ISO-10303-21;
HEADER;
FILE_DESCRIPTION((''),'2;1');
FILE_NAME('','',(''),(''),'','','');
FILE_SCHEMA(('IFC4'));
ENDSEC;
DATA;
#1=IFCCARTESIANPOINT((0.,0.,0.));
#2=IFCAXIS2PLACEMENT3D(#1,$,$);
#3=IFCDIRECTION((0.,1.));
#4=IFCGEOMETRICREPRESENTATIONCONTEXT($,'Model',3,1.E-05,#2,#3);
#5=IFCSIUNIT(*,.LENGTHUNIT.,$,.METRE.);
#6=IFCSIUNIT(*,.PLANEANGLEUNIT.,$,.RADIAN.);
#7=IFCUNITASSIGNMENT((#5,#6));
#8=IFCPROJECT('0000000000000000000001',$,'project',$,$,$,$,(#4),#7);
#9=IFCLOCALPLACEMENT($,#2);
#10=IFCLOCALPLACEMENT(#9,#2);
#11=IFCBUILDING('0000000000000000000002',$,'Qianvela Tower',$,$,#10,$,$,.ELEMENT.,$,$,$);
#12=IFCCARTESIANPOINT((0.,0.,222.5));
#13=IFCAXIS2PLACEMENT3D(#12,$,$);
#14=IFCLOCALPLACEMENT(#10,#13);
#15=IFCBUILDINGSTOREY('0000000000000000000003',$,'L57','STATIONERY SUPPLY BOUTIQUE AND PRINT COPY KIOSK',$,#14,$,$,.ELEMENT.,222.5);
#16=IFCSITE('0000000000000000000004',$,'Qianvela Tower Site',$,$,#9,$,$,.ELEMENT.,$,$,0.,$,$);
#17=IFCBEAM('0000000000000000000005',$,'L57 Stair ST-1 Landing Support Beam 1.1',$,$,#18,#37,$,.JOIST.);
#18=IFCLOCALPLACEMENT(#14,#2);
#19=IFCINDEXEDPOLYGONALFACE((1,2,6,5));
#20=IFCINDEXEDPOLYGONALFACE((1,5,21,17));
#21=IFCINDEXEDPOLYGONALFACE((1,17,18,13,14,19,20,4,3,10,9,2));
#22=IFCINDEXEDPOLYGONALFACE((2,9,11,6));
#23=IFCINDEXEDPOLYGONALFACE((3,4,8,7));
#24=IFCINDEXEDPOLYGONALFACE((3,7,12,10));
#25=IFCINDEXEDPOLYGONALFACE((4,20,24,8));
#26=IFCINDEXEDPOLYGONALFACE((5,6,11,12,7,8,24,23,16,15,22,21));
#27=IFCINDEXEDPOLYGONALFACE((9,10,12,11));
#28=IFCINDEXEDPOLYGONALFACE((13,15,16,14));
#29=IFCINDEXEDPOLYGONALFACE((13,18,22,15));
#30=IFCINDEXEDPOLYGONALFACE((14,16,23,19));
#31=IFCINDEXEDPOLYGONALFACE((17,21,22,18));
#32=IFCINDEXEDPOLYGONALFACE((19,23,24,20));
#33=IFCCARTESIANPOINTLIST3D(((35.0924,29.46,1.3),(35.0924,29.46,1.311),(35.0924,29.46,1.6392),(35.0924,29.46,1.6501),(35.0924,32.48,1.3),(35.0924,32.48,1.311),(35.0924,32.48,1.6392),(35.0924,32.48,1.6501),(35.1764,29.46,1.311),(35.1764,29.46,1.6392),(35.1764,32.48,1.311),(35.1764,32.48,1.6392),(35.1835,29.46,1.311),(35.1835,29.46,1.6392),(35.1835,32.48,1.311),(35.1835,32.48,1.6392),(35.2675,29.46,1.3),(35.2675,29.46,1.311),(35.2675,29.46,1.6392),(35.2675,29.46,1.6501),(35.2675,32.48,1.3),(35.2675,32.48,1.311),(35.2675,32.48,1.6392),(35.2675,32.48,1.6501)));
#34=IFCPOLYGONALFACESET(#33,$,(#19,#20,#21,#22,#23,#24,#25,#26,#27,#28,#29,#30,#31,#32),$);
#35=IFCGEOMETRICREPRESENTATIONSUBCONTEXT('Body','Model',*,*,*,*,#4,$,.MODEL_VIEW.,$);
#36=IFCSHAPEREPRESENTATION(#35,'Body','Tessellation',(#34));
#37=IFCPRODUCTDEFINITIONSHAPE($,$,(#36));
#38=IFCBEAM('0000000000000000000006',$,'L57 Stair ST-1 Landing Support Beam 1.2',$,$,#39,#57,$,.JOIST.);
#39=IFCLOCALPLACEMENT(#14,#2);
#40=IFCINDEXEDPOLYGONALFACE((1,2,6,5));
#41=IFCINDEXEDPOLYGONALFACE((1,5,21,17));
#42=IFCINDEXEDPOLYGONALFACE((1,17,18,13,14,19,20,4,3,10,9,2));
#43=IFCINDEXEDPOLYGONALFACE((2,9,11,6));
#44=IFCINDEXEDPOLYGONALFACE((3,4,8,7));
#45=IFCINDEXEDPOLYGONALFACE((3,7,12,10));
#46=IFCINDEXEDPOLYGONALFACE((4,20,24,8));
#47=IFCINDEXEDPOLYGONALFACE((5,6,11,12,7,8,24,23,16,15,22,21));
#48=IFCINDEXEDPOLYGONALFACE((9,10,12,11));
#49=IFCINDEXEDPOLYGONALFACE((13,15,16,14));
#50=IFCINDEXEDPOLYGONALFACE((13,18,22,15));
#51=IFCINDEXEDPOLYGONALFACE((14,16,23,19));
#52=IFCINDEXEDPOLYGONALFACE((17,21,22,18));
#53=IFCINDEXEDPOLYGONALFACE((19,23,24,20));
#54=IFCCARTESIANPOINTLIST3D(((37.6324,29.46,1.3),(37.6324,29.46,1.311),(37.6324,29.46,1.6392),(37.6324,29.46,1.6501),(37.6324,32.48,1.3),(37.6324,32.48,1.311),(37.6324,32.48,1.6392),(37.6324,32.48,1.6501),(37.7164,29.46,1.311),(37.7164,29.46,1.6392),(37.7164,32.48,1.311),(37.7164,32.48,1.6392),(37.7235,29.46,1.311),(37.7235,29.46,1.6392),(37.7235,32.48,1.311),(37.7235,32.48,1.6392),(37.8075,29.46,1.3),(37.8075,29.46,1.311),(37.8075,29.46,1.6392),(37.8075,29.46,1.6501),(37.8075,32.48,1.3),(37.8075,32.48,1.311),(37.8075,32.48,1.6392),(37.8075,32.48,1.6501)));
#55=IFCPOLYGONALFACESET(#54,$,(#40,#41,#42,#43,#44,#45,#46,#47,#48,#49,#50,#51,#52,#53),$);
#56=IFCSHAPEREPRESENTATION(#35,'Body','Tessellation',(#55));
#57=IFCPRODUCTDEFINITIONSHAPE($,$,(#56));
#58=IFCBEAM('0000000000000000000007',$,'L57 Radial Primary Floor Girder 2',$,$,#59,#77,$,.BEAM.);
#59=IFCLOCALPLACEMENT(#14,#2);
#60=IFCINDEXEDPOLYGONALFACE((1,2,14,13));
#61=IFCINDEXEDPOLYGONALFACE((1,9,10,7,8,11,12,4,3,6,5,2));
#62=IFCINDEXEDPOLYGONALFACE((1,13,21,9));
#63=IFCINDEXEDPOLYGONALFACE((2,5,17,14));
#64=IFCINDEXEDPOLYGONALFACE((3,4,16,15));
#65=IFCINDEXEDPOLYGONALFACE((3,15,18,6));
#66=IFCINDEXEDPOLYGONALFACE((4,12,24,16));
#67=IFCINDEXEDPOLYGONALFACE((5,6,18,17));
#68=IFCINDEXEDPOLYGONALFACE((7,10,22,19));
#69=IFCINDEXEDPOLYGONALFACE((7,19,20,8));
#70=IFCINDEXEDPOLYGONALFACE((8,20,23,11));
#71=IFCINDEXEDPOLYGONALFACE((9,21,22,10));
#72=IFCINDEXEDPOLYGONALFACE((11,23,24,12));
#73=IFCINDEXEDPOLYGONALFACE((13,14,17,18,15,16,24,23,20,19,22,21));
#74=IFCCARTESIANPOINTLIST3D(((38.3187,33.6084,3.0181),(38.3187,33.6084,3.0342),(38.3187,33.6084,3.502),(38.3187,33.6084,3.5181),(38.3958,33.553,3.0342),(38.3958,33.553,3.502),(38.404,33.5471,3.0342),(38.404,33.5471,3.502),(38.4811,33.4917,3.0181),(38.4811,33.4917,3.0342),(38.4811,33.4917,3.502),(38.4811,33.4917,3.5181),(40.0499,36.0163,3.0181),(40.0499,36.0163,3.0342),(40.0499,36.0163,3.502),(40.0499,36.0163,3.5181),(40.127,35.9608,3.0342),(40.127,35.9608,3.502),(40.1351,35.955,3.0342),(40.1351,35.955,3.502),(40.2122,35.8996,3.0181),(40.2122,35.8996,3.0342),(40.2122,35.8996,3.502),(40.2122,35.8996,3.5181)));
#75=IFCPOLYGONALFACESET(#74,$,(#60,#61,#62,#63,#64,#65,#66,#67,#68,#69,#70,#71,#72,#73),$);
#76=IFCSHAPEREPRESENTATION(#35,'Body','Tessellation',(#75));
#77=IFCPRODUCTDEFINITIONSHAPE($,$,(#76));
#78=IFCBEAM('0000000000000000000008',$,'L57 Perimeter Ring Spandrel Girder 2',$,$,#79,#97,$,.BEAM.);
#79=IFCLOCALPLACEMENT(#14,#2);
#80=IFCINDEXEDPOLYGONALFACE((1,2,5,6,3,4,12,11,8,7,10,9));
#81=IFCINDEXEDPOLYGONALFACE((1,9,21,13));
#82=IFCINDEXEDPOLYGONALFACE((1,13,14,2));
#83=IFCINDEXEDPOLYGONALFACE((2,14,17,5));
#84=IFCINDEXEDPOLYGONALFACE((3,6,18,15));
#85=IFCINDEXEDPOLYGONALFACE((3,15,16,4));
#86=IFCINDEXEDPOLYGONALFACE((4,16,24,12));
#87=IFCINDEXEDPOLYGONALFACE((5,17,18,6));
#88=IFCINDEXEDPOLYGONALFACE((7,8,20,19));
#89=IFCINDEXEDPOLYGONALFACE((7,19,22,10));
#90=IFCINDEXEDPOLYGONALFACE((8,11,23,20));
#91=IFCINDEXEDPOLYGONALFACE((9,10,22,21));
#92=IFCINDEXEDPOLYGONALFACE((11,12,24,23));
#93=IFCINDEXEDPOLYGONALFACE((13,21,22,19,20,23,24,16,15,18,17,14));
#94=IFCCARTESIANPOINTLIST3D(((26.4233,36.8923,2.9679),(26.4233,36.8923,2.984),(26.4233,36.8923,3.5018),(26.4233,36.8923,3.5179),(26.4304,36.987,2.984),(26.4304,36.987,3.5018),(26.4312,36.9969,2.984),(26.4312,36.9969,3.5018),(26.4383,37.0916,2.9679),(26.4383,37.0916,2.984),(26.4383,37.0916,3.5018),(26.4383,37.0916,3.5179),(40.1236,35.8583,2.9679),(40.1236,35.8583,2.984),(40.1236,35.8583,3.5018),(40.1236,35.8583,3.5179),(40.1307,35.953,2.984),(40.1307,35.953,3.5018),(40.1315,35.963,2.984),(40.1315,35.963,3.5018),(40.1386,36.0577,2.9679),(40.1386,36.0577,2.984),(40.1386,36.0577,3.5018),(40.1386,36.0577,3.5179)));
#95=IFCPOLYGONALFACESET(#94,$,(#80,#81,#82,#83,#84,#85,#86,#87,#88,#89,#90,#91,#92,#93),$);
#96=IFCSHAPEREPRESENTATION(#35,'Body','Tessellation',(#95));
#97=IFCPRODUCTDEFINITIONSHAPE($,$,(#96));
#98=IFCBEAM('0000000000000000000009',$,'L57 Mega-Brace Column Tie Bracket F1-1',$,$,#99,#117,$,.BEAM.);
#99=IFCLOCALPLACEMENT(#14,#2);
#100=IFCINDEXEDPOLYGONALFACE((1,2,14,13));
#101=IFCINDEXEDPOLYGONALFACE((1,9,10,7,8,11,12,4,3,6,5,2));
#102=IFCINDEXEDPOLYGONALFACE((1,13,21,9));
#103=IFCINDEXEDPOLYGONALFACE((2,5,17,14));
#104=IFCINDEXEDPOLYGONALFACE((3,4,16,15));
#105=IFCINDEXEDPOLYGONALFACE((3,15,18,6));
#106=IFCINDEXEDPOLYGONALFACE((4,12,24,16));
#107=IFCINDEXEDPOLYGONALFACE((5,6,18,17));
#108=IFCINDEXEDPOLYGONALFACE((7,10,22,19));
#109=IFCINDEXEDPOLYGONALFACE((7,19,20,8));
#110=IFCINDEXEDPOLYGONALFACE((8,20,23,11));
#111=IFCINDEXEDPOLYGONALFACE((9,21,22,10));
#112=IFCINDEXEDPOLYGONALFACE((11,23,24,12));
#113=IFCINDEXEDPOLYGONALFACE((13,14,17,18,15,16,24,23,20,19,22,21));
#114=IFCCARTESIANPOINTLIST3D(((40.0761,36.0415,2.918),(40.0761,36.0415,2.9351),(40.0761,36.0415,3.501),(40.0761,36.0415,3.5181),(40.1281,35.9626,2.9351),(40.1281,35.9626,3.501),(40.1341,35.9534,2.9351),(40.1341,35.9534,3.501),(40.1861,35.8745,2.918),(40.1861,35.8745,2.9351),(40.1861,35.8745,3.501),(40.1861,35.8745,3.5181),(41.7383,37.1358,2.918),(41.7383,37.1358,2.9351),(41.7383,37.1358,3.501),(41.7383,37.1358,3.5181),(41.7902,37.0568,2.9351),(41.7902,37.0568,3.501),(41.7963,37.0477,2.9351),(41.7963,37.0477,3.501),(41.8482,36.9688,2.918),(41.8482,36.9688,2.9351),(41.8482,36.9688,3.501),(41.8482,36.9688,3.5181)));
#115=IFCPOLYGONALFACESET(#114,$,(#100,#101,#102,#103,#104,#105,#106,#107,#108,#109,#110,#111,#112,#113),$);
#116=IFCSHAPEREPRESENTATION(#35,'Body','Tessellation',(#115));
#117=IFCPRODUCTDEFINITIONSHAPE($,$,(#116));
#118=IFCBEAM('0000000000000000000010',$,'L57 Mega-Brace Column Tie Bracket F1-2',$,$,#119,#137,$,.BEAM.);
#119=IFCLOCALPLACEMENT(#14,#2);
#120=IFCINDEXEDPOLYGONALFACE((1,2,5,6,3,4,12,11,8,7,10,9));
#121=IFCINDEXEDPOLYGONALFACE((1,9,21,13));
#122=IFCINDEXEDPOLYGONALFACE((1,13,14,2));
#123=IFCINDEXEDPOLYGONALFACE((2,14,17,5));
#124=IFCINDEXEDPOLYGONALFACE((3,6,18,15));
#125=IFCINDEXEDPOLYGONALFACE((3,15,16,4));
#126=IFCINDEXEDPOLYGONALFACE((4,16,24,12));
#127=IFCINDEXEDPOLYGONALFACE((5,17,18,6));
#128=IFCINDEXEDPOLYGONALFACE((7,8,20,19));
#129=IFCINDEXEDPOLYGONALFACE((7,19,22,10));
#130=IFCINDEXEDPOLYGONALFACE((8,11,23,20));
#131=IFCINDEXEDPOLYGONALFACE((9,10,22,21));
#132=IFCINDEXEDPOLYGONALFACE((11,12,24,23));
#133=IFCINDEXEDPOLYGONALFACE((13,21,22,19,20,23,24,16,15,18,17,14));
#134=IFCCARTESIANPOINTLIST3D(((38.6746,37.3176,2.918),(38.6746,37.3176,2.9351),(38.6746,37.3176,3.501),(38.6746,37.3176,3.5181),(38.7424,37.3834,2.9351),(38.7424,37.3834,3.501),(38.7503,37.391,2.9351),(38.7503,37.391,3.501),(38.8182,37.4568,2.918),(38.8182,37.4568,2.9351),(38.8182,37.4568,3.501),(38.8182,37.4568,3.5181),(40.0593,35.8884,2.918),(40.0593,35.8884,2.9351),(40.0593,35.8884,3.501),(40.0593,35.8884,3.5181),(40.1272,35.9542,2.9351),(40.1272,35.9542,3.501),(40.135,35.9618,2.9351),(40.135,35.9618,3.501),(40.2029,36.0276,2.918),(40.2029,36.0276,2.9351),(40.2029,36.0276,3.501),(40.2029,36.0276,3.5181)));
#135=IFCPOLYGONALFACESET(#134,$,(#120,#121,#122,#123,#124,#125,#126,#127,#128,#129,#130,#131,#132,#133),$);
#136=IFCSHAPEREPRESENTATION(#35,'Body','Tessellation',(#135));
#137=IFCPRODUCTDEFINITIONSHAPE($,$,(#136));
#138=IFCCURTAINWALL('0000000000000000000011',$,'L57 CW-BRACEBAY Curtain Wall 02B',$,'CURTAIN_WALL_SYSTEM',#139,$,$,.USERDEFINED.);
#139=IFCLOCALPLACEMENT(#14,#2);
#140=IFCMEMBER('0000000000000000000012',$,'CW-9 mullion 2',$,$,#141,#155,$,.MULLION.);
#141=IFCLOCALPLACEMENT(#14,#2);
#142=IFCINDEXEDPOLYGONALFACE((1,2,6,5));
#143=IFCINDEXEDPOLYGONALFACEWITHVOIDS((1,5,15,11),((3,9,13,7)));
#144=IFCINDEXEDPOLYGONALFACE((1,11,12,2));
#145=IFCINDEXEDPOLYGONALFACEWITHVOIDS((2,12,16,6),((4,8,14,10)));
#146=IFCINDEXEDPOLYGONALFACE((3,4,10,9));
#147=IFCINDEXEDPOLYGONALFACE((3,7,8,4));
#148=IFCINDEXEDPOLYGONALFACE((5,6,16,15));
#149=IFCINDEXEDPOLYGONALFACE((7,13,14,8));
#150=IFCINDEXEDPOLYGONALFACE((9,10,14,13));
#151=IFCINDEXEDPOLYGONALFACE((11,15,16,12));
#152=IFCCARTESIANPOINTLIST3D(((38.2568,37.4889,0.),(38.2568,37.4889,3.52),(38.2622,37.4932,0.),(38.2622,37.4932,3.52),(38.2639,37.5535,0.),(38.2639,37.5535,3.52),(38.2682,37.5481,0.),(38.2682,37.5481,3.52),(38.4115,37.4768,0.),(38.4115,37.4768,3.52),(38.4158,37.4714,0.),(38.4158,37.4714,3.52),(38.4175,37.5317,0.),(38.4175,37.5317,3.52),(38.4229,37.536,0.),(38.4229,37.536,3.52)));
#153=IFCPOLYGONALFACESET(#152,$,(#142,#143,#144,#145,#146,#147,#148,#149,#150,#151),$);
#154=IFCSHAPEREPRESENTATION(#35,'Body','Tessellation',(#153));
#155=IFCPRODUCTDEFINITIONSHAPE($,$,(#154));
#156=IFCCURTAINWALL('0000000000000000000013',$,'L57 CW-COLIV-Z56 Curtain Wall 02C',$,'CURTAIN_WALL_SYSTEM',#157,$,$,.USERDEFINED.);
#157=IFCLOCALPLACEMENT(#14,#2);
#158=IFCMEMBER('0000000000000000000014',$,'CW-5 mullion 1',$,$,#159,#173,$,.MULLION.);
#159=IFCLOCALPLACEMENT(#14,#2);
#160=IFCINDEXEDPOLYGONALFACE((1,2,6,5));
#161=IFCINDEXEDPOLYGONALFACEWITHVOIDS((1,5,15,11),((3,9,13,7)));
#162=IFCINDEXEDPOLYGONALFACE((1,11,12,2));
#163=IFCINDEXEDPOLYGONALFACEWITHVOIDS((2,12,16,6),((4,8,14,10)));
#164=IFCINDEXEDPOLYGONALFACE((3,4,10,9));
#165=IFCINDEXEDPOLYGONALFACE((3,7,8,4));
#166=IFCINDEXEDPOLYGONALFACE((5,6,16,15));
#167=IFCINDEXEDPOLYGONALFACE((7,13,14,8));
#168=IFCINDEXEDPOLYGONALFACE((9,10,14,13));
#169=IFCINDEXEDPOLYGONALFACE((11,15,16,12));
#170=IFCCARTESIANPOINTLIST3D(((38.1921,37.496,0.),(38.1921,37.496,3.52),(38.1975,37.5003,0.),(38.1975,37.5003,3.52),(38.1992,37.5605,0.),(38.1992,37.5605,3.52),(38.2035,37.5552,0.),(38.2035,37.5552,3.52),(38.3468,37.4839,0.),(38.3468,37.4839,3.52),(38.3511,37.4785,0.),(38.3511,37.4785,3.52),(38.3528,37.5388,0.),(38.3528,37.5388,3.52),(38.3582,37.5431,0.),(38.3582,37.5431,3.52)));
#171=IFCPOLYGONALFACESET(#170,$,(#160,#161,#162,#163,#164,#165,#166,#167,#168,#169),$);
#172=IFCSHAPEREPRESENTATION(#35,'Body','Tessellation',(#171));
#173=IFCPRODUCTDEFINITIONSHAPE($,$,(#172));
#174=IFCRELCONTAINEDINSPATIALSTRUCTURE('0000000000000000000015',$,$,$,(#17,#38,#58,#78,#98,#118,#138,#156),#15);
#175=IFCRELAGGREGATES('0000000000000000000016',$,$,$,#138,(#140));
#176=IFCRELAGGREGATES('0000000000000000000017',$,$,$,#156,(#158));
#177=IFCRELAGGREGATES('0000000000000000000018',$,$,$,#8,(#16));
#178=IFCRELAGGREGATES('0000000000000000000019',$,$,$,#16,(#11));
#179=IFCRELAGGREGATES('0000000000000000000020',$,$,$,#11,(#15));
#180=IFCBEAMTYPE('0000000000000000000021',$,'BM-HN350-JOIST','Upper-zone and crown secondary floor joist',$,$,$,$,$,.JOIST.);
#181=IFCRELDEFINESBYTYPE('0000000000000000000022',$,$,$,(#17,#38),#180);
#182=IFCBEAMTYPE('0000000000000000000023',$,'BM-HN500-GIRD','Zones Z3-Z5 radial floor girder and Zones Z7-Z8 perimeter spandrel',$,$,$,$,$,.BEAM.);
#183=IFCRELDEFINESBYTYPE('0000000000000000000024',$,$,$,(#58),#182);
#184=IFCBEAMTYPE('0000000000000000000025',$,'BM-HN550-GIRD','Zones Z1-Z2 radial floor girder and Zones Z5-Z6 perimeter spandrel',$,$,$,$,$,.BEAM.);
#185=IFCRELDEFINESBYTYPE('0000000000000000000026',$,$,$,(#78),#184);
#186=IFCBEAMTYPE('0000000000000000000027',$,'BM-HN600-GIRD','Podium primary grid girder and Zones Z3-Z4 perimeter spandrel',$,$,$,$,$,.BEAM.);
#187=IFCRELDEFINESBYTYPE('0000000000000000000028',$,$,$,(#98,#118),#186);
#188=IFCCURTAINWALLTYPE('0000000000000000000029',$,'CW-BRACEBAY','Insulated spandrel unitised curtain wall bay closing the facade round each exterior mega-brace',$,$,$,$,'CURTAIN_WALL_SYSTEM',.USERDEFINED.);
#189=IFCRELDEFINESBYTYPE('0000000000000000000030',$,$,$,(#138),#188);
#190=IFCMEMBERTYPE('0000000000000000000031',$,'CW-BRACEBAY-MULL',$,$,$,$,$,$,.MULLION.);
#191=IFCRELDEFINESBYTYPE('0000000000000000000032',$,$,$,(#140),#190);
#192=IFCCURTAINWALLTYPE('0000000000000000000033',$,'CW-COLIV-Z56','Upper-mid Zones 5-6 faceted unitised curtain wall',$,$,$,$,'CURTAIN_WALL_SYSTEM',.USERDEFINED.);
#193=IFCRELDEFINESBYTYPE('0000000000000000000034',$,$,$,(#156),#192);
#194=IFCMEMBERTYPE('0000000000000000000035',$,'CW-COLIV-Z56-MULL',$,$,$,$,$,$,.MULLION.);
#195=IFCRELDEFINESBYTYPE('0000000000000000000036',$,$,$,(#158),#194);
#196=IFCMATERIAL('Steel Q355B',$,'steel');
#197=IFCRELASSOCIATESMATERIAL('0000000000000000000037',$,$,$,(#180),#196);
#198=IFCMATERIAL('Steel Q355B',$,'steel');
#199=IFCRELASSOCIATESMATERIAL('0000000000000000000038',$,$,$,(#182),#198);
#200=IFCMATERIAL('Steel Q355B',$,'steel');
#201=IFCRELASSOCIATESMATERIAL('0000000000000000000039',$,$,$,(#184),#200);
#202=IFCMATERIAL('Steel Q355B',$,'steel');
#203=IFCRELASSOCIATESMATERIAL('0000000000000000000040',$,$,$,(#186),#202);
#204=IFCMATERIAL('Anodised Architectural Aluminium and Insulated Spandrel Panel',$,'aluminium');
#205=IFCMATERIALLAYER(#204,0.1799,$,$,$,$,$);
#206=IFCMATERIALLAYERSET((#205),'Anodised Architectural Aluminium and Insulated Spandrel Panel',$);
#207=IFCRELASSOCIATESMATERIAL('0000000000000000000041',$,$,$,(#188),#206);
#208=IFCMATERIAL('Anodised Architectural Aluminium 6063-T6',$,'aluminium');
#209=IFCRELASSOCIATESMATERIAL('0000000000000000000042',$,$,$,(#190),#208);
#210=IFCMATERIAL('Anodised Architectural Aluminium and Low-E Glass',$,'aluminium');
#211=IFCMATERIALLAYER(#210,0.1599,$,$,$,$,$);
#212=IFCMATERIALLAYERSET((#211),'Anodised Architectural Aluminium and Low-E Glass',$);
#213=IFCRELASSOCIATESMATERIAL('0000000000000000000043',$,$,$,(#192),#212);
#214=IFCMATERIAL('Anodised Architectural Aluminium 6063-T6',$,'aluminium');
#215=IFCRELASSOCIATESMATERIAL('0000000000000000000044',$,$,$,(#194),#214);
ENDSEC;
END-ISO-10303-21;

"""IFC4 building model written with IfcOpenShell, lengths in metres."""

from ifc_helpers import new_model, si_unit, direction, frame, origin, origin_2d, place, context, subcontext, project, spatial, hollow_rectangle, i_section, extrude, material, layer, layer_set, material_profile, profile_set, type_object, element, aggregate, save


model = new_model("IFC4")

# Units and contexts
model_context = context("Model", 3, precision=1e-05, world=origin(), true_north=direction((0.0, 1.0)))
body_context = subcontext(model_context, "Body", "Model", "MODEL_VIEW")
ifc_project = project(units=[si_unit("LENGTHUNIT", "METRE"), si_unit("PLANEANGLEUNIT", "RADIAN")], contexts=[model_context])

# Site, building, storey
site_placement = place(None, origin())
site = spatial("IfcSite", under=ifc_project, at=site_placement, Name="Qianvela Tower Site", CompositionType="ELEMENT", RefElevation=0.0)
building_placement = place(site_placement, origin())
building = spatial("IfcBuilding", under=site, at=building_placement, Name="Qianvela Tower", CompositionType="ELEMENT")
storey_placement = place(building_placement, frame((0.0, 0.0, 222.5)))
storey = spatial("IfcBuildingStorey", under=building, at=storey_placement, Name="L57", Description="STATIONERY SUPPLY BOUTIQUE AND PRINT COPY KIOSK", CompositionType="ELEMENT", Elevation=222.5)

# Beams
ifc_material_1 = material(Name="Steel Q355B", Category="steel")
ifc_material_profile_1 = material_profile(ifc_material_1, i_section(OverallWidth=0.175, OverallDepth=0.3501, WebThickness=0.0071, FlangeThickness=0.011, at=origin_2d()), Name="HN350x175x7x11")
ifc_profile_set_1 = profile_set([ifc_material_profile_1], Name="Steel Q355B")
beam_type_1 = type_object("IfcBeamType", Name="BM-HN350-JOIST", Description="Upper-zone and crown secondary floor joist", PredefinedType="JOIST", material=ifc_profile_set_1)
for number, where, z_axis, x_axis, name in (
    (1, (35.1799, 29.46, 1.4751), (0.0, 1.0, 0.0), (-1.0, 0.0, 0.0), "L57 Stair ST-1 Landing Support Beam 1.1"),
    (2, (37.72, 29.46, 1.4751), (0.0, 1.0, 0.0), (-1.0, 0.0, 0.0), "L57 Stair ST-1 Landing Support Beam 1.2"),
):
    element("IfcBeam", number, at=place(storey_placement, frame(where, z_axis=z_axis, x_axis=x_axis)), inside=storey, type_object=beam_type_1, Name=name, PredefinedType="JOIST", context=body_context, shape_type="SweptSolid", body=[
        extrude(i_section(OverallWidth=0.175, OverallDepth=0.3501, WebThickness=0.0071, FlangeThickness=0.011, at=origin_2d()), origin(), (0.0, 0.0, 1.0), 3.02),
    ])
ifc_material_2 = material(Name="Steel Q355B", Category="steel")
ifc_material_profile_2 = material_profile(ifc_material_2, i_section(OverallWidth=0.2, OverallDepth=0.5, WebThickness=0.01, FlangeThickness=0.0161, at=origin_2d()), Name="HN500x200x10x16")
ifc_profile_set_2 = profile_set([ifc_material_profile_2], Name="Steel Q355B")
beam_type_2 = type_object("IfcBeamType", Name="BM-HN500-GIRD", Description="Zones Z3-Z5 radial floor girder and Zones Z7-Z8 perimeter spandrel", PredefinedType="BEAM", material=ifc_profile_set_2)
beam_1_placement = place(storey_placement, frame((38.3999, 33.55, 3.2681), z_axis=(0.583743, 0.811939, 0.0), x_axis=(-0.811939, 0.583743, 0.0)))
element("IfcBeam", 3, at=beam_1_placement, inside=storey, type_object=beam_type_2, Name="L57 Radial Primary Floor Girder 2", PredefinedType="BEAM", context=body_context, shape_type="SweptSolid", body=[
    extrude(i_section(OverallWidth=0.2, OverallDepth=0.5, WebThickness=0.01, FlangeThickness=0.0161, at=origin_2d()), origin(), (0.0, 0.0, 1.0), 2.9656),
])
ifc_material_3 = material(Name="Steel Q355B", Category="steel")
ifc_material_profile_3 = material_profile(ifc_material_3, i_section(OverallWidth=0.2, OverallDepth=0.55, WebThickness=0.01, FlangeThickness=0.0161, at=origin_2d()), Name="HN550x200x10x16")
ifc_profile_set_3 = profile_set([ifc_material_profile_3], Name="Steel Q355B")
beam_type_3 = type_object("IfcBeamType", Name="BM-HN550-GIRD", Description="Zones Z1-Z2 radial floor girder and Zones Z5-Z6 perimeter spandrel", PredefinedType="BEAM", material=ifc_profile_set_3)
beam_2_placement = place(storey_placement, frame((40.1311, 35.958, 3.2429), z_axis=(-0.997164, 0.075255, 0.0), x_axis=(-0.075255, -0.997164, 0.0)))
element("IfcBeam", 4, at=beam_2_placement, inside=storey, type_object=beam_type_3, Name="L57 Perimeter Ring Spandrel Girder 2", PredefinedType="BEAM", context=body_context, shape_type="SweptSolid", body=[
    extrude(i_section(OverallWidth=0.2, OverallDepth=0.55, WebThickness=0.01, FlangeThickness=0.0161, at=origin_2d()), origin(), (0.0, 0.0, 1.0), 13.7393),
])
ifc_material_4 = material(Name="Steel Q355B", Category="steel")
ifc_material_profile_4 = material_profile(ifc_material_4, i_section(OverallWidth=0.2, OverallDepth=0.6001, WebThickness=0.011, FlangeThickness=0.0171, at=origin_2d()), Name="HN600x200x11x17")
ifc_profile_set_4 = profile_set([ifc_material_profile_4], Name="Steel Q355B")
beam_type_4 = type_object("IfcBeamType", Name="BM-HN600-GIRD", Description="Podium primary grid girder and Zones Z3-Z4 perimeter spandrel", PredefinedType="BEAM", material=ifc_profile_set_4)
for number, where, z_axis, x_axis, name in (
    (5, (40.1311, 35.958, 3.218), (0.835245, 0.549878, 0.0), (-0.549878, 0.835245, 0.0), "L57 Mega-Brace Column Tie Bracket F1-1"),
    (6, (40.1311, 35.958, 3.218), (-0.695855, 0.718183, 0.0), (-0.718183, -0.695855, 0.0), "L57 Mega-Brace Column Tie Bracket F1-2"),
):
    element("IfcBeam", number, at=place(storey_placement, frame(where, z_axis=z_axis, x_axis=x_axis)), inside=storey, type_object=beam_type_4, Name=name, PredefinedType="BEAM", context=body_context, shape_type="SweptSolid", body=[
        extrude(i_section(OverallWidth=0.2, OverallDepth=0.6001, WebThickness=0.011, FlangeThickness=0.0171, at=origin_2d()), origin(), (0.0, 0.0, 1.0), 1.99),
    ])

# Curtain wall, member
ifc_material_5 = material(Name="Anodised Architectural Aluminium and Insulated Spandrel Panel", Category="aluminium")
ifc_layer_1 = layer(ifc_material_5, 0.1799)
ifc_layer_set_1 = layer_set([ifc_layer_1], Name="Anodised Architectural Aluminium and Insulated Spandrel Panel")
curtain_wall_type_1 = type_object("IfcCurtainWallType", Name="CW-BRACEBAY", Description="Insulated spandrel unitised curtain wall bay closing the facade round each exterior mega-brace", ElementType="CURTAIN_WALL_SYSTEM", PredefinedType="USERDEFINED", material=ifc_layer_set_1)
curtain_wall_1_placement = place(storey_placement, origin())
curtain_wall_1 = element("IfcCurtainWall", 7, at=curtain_wall_1_placement, inside=storey, type_object=curtain_wall_type_1, Name="L57 CW-BRACEBAY Curtain Wall 02B", ObjectType="CURTAIN_WALL_SYSTEM", PredefinedType="USERDEFINED")
ifc_material_6 = material(Name="Anodised Architectural Aluminium 6063-T6", Category="aluminium")
ifc_material_profile_5 = material_profile(ifc_material_6, hollow_rectangle(XDim=0.0649, YDim=0.1599, WallThickness=0.0049, at=origin_2d()), Name="ALU-MULL-65x160")
ifc_profile_set_5 = profile_set([ifc_material_profile_5], Name="Anodised Architectural Aluminium 6063-T6")
member_type_1 = type_object("IfcMemberType", Name="CW-BRACEBAY-MULL", PredefinedType="MULLION", material=ifc_profile_set_5)
member_1_placement = place(storey_placement, frame((38.3398, 37.5125, 0.0), z_axis=(0.0, 0.0, 1.0), x_axis=(-0.10927, -0.994012, 0.0)))
member_1 = element("IfcMember", 8, at=member_1_placement, type_object=member_type_1, Name="CW-9 mullion 2", PredefinedType="MULLION", context=body_context, shape_type="SweptSolid", body=[
    extrude(hollow_rectangle(XDim=0.0649, YDim=0.1599, WallThickness=0.0049, at=origin_2d()), origin(), (0.0, 0.0, 1.0), 3.52),
])

# Curtain wall, member
ifc_material_7 = material(Name="Anodised Architectural Aluminium and Low-E Glass", Category="aluminium")
ifc_layer_2 = layer(ifc_material_7, 0.1599)
ifc_layer_set_2 = layer_set([ifc_layer_2], Name="Anodised Architectural Aluminium and Low-E Glass")
curtain_wall_type_2 = type_object("IfcCurtainWallType", Name="CW-COLIV-Z56", Description="Upper-mid Zones 5-6 faceted unitised curtain wall", ElementType="CURTAIN_WALL_SYSTEM", PredefinedType="USERDEFINED", material=ifc_layer_set_2)
curtain_wall_2_placement = place(storey_placement, origin())
curtain_wall_2 = element("IfcCurtainWall", 9, at=curtain_wall_2_placement, inside=storey, type_object=curtain_wall_type_2, Name="L57 CW-COLIV-Z56 Curtain Wall 02C", ObjectType="CURTAIN_WALL_SYSTEM", PredefinedType="USERDEFINED")
ifc_material_8 = material(Name="Anodised Architectural Aluminium 6063-T6", Category="aluminium")
ifc_material_profile_6 = material_profile(ifc_material_8, hollow_rectangle(XDim=0.0649, YDim=0.1599, WallThickness=0.0049, at=origin_2d()), Name="ALU-MULL-65x160")
ifc_profile_set_6 = profile_set([ifc_material_profile_6], Name="Anodised Architectural Aluminium 6063-T6")
member_type_2 = type_object("IfcMemberType", Name="CW-COLIV-Z56-MULL", PredefinedType="MULLION", material=ifc_profile_set_6)
member_2_placement = place(storey_placement, frame((38.2751, 37.5195, 0.0), z_axis=(0.0, 0.0, 1.0), x_axis=(-0.109262, -0.994013, 0.0)))
member_2 = element("IfcMember", 10, at=member_2_placement, type_object=member_type_2, Name="CW-5 mullion 1", PredefinedType="MULLION", context=body_context, shape_type="SweptSolid", body=[
    extrude(hollow_rectangle(XDim=0.0649, YDim=0.1599, WallThickness=0.0049, at=origin_2d()), origin(), (0.0, 0.0, 1.0), 3.52),
])

aggregate(curtain_wall_1, [member_1])
aggregate(curtain_wall_2, [member_2])

save(model, "model.ifc")
